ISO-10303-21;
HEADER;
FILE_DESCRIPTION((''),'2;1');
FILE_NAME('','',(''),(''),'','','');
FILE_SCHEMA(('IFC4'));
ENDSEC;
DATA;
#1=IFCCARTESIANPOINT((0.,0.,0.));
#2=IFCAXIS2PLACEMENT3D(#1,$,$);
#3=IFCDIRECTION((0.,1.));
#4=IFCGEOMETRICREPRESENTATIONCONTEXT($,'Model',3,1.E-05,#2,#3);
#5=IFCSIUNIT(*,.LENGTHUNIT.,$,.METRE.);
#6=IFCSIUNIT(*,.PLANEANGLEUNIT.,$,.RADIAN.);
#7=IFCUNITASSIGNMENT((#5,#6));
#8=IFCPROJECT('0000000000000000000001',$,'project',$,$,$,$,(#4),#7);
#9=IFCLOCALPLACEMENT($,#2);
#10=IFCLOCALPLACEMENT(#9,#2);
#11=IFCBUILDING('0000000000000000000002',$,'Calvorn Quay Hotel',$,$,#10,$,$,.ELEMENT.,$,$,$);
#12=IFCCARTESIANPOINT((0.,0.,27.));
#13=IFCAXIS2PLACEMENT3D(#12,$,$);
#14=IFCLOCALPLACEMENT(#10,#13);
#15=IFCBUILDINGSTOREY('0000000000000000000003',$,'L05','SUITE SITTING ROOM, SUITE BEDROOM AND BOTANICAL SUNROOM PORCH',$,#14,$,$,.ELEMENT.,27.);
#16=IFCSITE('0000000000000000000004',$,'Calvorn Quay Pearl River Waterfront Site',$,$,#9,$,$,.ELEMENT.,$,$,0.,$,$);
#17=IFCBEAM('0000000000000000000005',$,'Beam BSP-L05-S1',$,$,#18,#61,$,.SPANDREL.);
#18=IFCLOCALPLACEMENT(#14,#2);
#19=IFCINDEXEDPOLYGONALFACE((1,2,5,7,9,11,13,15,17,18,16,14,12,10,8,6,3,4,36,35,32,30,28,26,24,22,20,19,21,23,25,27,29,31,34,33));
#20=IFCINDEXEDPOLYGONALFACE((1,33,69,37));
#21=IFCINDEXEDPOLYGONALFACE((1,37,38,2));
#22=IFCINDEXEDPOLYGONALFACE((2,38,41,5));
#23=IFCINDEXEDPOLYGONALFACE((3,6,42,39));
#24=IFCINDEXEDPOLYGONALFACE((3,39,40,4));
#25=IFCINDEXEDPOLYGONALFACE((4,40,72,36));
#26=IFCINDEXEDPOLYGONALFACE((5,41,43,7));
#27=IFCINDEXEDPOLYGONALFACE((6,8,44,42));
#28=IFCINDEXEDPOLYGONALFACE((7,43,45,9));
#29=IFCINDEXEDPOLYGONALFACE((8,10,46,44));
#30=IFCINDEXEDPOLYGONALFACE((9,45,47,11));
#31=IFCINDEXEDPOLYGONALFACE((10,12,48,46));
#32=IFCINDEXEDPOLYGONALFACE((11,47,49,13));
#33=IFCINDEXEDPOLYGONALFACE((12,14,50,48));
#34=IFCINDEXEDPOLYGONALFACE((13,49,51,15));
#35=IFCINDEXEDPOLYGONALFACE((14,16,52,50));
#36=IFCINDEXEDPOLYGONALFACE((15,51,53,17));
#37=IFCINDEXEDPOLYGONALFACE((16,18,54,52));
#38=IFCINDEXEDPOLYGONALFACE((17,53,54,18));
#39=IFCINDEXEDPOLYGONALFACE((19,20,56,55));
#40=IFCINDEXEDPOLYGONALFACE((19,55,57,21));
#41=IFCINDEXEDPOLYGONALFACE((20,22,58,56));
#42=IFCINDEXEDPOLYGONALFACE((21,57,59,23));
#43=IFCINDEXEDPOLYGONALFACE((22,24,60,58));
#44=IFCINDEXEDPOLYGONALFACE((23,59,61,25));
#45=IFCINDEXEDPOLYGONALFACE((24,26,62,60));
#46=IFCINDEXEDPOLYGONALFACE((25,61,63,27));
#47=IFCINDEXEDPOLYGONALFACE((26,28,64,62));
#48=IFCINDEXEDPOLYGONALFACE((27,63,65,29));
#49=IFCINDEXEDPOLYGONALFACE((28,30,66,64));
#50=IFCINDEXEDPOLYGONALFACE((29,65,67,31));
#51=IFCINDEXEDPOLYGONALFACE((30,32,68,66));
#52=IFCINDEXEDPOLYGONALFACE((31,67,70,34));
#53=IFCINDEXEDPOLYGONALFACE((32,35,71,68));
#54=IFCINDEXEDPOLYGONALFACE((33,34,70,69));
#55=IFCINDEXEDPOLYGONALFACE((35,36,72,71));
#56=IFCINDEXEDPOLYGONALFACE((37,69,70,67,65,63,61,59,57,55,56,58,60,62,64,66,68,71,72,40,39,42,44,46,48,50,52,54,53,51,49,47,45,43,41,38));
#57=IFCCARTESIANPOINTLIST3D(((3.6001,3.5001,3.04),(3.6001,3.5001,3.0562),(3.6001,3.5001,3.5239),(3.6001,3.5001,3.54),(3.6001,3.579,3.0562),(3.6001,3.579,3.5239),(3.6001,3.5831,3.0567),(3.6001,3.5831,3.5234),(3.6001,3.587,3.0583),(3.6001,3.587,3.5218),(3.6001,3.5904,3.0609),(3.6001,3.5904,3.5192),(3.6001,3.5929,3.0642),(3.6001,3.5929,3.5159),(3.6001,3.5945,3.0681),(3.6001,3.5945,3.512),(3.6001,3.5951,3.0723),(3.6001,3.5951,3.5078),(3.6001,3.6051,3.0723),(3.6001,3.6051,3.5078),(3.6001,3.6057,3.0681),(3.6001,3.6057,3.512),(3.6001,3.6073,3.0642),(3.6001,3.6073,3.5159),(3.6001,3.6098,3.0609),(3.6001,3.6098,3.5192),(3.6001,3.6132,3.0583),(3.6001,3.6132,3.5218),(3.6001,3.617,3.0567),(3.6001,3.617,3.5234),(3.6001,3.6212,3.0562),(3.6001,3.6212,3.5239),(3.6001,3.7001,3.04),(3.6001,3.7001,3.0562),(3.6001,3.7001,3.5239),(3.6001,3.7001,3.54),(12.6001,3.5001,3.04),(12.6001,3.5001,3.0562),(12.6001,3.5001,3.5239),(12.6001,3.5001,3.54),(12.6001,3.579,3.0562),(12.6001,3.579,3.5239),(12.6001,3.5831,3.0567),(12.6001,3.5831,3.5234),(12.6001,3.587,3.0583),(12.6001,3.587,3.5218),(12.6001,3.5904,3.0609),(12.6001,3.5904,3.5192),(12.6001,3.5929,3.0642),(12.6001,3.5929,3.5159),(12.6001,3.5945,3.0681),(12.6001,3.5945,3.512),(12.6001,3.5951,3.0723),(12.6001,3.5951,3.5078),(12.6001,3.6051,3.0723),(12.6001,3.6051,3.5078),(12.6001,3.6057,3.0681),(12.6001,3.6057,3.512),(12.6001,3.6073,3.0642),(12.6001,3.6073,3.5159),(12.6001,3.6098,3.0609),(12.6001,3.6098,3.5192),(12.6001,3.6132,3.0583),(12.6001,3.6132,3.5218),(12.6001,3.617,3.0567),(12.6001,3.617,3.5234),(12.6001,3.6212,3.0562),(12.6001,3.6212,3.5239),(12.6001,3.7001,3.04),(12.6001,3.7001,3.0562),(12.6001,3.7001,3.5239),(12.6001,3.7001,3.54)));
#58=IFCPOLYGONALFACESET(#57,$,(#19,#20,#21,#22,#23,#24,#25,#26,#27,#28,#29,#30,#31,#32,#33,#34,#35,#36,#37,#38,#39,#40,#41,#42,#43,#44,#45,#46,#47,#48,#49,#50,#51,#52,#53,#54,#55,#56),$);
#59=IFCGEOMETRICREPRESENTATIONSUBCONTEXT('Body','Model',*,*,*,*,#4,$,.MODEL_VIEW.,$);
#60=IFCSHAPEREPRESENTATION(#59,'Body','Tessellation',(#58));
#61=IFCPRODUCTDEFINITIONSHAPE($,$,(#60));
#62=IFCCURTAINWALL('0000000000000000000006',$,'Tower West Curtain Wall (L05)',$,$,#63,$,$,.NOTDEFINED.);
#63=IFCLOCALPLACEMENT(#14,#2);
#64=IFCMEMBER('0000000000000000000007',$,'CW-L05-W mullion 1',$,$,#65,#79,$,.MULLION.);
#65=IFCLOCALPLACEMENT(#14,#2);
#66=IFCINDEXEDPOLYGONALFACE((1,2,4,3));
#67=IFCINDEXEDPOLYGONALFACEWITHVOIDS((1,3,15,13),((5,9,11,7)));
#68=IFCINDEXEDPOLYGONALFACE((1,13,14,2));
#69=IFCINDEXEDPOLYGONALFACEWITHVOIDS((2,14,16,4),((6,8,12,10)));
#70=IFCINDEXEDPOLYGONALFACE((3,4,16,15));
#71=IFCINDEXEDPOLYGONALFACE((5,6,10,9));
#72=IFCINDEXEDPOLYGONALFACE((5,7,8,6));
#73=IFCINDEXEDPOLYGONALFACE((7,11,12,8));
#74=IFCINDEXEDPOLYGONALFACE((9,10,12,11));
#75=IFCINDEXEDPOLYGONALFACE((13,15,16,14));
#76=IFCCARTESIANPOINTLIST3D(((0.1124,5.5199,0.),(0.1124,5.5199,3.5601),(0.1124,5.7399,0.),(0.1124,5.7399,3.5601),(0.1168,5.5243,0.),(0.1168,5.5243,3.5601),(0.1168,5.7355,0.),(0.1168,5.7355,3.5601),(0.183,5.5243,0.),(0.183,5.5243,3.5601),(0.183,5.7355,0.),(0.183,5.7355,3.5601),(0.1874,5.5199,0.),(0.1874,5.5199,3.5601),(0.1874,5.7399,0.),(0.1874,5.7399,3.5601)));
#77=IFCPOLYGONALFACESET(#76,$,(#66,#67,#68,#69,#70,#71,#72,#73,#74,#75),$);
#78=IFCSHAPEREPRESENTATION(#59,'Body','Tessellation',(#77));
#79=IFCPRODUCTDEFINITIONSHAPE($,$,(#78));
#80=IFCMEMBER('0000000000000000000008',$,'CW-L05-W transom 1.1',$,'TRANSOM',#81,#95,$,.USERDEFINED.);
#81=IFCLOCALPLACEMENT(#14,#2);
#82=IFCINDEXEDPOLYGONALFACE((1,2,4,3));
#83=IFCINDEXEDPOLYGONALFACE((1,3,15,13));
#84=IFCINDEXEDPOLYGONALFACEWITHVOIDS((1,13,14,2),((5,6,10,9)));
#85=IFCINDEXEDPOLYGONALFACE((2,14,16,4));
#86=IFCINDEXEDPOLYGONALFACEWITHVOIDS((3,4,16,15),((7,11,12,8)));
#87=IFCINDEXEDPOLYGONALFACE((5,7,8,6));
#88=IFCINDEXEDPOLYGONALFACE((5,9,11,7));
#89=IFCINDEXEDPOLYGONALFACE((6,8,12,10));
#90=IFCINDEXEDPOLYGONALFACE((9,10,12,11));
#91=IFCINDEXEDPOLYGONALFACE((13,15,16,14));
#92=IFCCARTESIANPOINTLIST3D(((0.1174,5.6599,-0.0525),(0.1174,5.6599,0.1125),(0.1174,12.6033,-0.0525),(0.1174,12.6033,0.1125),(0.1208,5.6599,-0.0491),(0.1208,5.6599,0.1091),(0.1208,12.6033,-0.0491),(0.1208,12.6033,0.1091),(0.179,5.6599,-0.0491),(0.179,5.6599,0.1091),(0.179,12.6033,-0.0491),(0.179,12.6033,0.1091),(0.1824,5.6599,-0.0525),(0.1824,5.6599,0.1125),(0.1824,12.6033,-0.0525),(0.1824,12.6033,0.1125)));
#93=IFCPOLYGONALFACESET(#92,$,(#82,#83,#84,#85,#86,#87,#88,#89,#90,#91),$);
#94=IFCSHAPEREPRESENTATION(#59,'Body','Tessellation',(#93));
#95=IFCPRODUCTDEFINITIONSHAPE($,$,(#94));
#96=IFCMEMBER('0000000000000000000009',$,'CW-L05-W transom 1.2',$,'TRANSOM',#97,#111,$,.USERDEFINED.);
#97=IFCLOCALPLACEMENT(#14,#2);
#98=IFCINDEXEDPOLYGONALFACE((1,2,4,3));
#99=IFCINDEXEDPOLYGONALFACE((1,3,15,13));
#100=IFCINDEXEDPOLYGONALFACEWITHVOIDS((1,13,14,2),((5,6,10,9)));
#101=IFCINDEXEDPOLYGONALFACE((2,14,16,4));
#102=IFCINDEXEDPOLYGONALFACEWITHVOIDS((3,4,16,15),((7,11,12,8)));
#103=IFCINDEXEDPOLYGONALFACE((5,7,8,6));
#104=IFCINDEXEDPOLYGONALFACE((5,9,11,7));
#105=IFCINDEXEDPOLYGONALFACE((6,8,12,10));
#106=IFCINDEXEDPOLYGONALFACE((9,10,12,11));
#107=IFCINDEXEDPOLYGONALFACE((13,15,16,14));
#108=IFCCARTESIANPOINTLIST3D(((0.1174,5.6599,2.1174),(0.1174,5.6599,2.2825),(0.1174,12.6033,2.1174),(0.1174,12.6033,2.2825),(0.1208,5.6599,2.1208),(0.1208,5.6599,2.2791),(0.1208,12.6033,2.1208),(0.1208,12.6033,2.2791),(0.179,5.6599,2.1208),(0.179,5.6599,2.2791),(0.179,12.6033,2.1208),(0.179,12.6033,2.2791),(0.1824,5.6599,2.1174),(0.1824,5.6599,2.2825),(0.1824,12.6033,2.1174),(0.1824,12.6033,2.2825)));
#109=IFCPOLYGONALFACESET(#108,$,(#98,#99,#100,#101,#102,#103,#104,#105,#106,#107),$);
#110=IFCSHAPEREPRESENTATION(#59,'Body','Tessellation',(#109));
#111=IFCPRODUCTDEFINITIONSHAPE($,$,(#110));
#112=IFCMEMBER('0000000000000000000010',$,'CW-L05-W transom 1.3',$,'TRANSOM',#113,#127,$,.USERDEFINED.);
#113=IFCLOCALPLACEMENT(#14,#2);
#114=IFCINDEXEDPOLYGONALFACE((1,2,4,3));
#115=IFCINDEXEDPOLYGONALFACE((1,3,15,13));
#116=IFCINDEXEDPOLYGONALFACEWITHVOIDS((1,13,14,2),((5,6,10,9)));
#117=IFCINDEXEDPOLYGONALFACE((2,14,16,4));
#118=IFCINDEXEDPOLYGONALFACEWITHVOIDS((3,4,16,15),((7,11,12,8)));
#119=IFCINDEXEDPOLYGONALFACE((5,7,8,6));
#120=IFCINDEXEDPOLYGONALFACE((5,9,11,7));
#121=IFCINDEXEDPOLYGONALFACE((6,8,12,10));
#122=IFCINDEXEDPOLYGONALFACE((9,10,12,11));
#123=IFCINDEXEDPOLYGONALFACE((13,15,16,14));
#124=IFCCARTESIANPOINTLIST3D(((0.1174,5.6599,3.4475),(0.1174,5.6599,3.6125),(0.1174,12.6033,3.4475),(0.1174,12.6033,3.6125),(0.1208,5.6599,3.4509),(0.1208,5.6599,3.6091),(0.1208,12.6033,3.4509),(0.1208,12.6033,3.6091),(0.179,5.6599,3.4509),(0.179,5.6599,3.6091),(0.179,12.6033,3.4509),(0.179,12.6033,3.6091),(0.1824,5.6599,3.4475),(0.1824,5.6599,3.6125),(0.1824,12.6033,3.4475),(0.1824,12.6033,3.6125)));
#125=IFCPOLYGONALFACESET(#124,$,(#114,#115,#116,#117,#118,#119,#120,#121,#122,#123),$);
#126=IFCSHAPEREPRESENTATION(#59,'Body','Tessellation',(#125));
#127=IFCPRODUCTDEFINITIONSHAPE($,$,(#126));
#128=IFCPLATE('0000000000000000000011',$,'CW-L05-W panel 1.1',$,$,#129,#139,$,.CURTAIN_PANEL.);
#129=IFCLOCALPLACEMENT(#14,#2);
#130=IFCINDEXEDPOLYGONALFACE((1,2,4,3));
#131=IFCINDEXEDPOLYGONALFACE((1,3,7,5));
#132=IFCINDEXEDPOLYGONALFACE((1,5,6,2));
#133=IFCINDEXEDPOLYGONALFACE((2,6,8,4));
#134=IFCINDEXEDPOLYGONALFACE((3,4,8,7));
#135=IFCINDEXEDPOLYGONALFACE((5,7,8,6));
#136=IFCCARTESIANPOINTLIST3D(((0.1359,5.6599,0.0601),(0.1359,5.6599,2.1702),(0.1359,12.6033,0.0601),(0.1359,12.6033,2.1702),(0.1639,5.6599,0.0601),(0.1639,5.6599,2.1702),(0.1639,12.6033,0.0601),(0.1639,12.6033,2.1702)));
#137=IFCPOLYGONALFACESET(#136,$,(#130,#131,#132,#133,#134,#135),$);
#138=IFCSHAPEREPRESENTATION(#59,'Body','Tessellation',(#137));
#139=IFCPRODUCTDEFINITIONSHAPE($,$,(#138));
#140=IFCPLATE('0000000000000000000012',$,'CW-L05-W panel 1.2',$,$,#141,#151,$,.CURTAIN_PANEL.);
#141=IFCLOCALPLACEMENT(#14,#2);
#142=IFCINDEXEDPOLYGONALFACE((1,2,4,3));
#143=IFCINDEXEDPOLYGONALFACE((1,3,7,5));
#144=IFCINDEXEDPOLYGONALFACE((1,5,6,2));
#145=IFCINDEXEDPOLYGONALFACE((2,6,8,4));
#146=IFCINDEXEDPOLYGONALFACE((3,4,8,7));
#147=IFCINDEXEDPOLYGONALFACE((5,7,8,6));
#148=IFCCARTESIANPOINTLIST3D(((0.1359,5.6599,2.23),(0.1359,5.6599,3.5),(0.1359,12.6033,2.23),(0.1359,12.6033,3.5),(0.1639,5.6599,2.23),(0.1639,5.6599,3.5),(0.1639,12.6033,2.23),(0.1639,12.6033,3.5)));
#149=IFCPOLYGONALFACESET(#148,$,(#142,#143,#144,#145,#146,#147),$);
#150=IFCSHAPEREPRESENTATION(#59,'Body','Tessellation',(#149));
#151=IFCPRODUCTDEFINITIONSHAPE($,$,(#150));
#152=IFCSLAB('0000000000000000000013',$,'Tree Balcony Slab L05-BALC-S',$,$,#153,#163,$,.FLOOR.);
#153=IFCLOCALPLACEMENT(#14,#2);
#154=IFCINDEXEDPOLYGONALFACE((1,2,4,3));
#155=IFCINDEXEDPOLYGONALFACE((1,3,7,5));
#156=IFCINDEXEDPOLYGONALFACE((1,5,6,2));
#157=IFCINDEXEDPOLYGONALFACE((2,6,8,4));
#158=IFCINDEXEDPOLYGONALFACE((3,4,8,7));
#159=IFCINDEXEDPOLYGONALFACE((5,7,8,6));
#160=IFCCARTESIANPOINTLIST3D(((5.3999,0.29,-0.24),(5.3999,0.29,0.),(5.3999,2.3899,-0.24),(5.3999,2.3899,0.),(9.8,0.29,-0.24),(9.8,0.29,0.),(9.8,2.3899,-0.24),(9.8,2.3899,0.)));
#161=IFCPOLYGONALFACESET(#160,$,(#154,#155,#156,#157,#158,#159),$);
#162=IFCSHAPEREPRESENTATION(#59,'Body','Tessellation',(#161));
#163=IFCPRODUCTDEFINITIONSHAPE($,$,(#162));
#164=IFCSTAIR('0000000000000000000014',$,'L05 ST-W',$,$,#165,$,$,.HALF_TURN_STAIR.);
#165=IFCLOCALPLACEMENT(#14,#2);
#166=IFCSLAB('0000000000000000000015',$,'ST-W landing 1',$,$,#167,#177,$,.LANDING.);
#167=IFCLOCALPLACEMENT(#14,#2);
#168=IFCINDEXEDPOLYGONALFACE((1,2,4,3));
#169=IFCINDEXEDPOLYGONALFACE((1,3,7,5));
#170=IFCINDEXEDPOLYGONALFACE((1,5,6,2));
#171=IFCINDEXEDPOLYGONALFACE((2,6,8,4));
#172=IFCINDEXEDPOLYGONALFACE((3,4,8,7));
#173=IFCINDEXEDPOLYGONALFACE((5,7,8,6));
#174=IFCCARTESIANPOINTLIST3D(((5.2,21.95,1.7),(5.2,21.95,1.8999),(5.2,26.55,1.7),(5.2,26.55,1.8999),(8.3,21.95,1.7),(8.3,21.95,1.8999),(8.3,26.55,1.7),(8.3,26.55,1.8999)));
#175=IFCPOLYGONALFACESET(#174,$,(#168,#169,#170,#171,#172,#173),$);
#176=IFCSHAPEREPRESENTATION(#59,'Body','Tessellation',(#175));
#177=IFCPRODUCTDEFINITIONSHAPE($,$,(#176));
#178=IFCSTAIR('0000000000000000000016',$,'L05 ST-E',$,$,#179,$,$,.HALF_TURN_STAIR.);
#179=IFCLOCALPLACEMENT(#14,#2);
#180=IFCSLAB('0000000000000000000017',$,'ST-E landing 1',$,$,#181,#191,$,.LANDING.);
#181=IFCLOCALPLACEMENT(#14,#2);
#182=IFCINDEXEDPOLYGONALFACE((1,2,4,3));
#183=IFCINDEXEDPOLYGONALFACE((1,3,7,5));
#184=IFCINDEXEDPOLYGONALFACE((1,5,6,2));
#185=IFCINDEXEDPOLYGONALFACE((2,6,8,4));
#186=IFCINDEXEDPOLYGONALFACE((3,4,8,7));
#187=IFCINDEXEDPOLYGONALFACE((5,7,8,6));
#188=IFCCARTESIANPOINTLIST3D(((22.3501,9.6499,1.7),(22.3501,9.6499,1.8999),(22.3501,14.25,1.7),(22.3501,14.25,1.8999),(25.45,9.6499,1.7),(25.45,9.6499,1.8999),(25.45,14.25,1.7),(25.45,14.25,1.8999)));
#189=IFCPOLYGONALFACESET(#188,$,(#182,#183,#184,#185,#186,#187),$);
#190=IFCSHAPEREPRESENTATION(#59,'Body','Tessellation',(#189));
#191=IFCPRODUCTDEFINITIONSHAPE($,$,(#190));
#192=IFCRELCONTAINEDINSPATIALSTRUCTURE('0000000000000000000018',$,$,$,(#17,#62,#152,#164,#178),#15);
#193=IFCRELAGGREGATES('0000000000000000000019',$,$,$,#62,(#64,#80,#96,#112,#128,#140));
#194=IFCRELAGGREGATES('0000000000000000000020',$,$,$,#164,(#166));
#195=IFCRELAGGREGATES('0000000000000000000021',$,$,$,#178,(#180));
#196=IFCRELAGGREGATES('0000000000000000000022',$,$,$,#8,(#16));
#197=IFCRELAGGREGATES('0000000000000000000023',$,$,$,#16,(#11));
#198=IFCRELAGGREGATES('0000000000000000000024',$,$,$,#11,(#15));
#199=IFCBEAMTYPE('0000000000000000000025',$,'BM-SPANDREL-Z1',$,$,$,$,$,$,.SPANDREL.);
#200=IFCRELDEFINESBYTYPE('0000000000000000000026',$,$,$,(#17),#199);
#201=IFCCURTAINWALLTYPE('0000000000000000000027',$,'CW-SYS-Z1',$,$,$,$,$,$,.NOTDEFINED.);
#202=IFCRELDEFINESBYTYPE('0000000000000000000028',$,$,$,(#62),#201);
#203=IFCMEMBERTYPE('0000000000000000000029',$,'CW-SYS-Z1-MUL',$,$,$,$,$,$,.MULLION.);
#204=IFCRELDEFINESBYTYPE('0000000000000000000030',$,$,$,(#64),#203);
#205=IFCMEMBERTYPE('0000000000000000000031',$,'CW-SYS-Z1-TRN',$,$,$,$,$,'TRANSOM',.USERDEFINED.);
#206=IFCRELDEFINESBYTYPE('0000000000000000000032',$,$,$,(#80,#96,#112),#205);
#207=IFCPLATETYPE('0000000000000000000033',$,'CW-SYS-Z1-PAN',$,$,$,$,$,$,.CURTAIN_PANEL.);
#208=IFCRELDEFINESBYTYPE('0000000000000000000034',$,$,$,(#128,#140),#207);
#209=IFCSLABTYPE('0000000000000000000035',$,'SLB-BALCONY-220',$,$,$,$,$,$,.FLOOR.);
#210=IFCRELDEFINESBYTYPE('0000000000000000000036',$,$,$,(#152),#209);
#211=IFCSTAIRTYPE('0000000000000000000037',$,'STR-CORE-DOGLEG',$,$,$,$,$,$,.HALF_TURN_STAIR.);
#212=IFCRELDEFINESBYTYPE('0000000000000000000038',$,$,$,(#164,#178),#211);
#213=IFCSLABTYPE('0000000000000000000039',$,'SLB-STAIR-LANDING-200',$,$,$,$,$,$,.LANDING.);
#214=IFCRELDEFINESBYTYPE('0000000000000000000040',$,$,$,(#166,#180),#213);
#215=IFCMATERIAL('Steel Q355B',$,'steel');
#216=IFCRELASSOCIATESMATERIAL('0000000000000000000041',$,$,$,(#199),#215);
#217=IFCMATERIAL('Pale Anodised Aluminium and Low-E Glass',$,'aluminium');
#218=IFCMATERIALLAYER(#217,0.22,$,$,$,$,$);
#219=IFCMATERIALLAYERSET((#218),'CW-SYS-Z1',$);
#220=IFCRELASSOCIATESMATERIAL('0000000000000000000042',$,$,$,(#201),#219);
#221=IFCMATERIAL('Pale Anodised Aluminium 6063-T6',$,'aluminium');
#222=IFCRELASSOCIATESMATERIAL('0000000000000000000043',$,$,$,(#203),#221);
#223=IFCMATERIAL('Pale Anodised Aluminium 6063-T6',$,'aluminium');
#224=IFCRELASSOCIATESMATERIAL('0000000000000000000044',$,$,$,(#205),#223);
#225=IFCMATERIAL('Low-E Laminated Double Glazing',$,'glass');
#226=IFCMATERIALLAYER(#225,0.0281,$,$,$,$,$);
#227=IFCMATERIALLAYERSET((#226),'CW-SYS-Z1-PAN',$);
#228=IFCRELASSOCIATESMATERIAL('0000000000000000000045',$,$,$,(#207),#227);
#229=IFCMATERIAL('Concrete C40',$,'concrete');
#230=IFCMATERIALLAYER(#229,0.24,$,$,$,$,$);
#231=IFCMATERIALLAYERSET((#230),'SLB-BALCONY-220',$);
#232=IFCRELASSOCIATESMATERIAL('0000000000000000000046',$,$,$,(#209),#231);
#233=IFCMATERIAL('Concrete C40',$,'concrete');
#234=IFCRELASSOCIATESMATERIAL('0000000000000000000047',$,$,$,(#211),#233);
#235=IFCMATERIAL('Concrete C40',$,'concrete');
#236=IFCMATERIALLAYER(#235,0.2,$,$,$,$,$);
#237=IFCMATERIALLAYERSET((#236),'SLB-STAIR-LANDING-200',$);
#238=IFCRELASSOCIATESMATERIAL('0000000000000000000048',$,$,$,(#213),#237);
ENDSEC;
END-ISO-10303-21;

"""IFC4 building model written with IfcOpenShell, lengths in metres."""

from ifc_helpers import new_model, si_unit, direction, frame, origin, origin_2d, place, context, subcontext, project, spatial, polyline, rectangle, hollow_rectangle, i_section, outline, extrude, material, layer, layer_set, material_profile, profile_set, type_object, element, aggregate, save


model = new_model("IFC4")

# Units and contexts
model_context = context("Model", 3, precision=1e-05, world=origin(), true_north=direction((0.0, 1.0)))
body_context = subcontext(model_context, "Body", "Model", "MODEL_VIEW")
ifc_project = project(units=[si_unit("LENGTHUNIT", "METRE"), si_unit("PLANEANGLEUNIT", "RADIAN")], contexts=[model_context])

# Site, building, storey
site_placement = place(None, origin())
site = spatial("IfcSite", under=ifc_project, at=site_placement, Name="Calvorn Quay Pearl River Waterfront Site", CompositionType="ELEMENT", RefElevation=0.0)
building_placement = place(site_placement, origin())
building = spatial("IfcBuilding", under=site, at=building_placement, Name="Calvorn Quay Hotel", CompositionType="ELEMENT")
storey_placement = place(building_placement, frame((0.0, 0.0, 27.0)))
storey = spatial("IfcBuildingStorey", under=building, at=storey_placement, Name="L05", Description="SUITE SITTING ROOM, SUITE BEDROOM AND BOTANICAL SUNROOM PORCH", CompositionType="ELEMENT", Elevation=27.0)

# Beam
ifc_material_1 = material(Name="Steel Q355B", Category="steel")
ifc_material_profile_1 = material_profile(ifc_material_1, i_section(OverallWidth=0.2, OverallDepth=0.5, WebThickness=0.01, FlangeThickness=0.0161, FilletRadius=0.0161, at=origin_2d()), Name="HN500x200x10x16")
ifc_profile_set_1 = profile_set([ifc_material_profile_1], Name="Steel Q355B")
beam_type_1 = type_object("IfcBeamType", Name="BM-SPANDREL-Z1", PredefinedType="SPANDREL", material=ifc_profile_set_1)
beam_1_placement = place(storey_placement, frame((3.6001, 3.6001, 3.29), z_axis=(1.0, 0.0, 0.0), x_axis=(0.0, 1.0, 0.0)))
element("IfcBeam", 1, at=beam_1_placement, inside=storey, type_object=beam_type_1, Name="Beam BSP-L05-S1", PredefinedType="SPANDREL", context=body_context, shape_type="SweptSolid", body=[
    extrude(i_section(OverallWidth=0.2, OverallDepth=0.5, WebThickness=0.01, FlangeThickness=0.0161, FilletRadius=0.0161, at=origin_2d()), origin(), (0.0, 0.0, 1.0), 9.0),
])

# Curtain wall, members, plates
ifc_material_2 = material(Name="Pale Anodised Aluminium and Low-E Glass", Category="aluminium")
ifc_layer_1 = layer(ifc_material_2, 0.22)
ifc_layer_set_1 = layer_set([ifc_layer_1], Name="CW-SYS-Z1")
curtain_wall_type = type_object("IfcCurtainWallType", Name="CW-SYS-Z1", PredefinedType="NOTDEFINED", material=ifc_layer_set_1)
curtain_wall_placement = place(storey_placement, origin())
curtain_wall = element("IfcCurtainWall", 2, at=curtain_wall_placement, inside=storey, type_object=curtain_wall_type, Name="Tower West Curtain Wall (L05)", PredefinedType="NOTDEFINED")
ifc_material_3 = material(Name="Pale Anodised Aluminium 6063-T6", Category="aluminium")
ifc_material_profile_2 = material_profile(ifc_material_3, hollow_rectangle(XDim=0.075, YDim=0.22, WallThickness=0.0044, at=origin_2d()), Name="ALU-M220x75x4.5")
ifc_profile_set_2 = profile_set([ifc_material_profile_2], Name="Pale Anodised Aluminium 6063-T6")
member_type_1 = type_object("IfcMemberType", Name="CW-SYS-Z1-MUL", PredefinedType="MULLION", material=ifc_profile_set_2)
member_1_placement = place(storey_placement, frame((0.1499, 5.6299, 0.0), z_axis=(0.0, 0.0, 1.0), x_axis=(-1.0, 0.0, 0.0)))
member_1 = element("IfcMember", 3, at=member_1_placement, type_object=member_type_1, Name="CW-L05-W mullion 1", PredefinedType="MULLION", context=body_context, shape_type="SweptSolid", body=[
    extrude(hollow_rectangle(XDim=0.075, YDim=0.22, WallThickness=0.0044, at=origin_2d()), origin(), (0.0, 0.0, 1.0), 3.5601),
])
ifc_material_4 = material(Name="Pale Anodised Aluminium 6063-T6", Category="aluminium")
ifc_material_profile_3 = material_profile(ifc_material_4, hollow_rectangle(XDim=0.0649, YDim=0.165, WallThickness=0.0034, at=origin_2d()), Name="ALU-T165x65x3.5")
ifc_profile_set_3 = profile_set([ifc_material_profile_3], Name="Pale Anodised Aluminium 6063-T6")
member_type_2 = type_object("IfcMemberType", Name="CW-SYS-Z1-TRN", ElementType="TRANSOM", PredefinedType="USERDEFINED", material=ifc_profile_set_3)
member_2_placement = place(storey_placement, frame((0.1499, 5.6599, 0.03), z_axis=(0.0, 1.0, 0.0), x_axis=(-1.0, 0.0, 0.0)))
member_2 = element("IfcMember", 4, at=member_2_placement, type_object=member_type_2, Name="CW-L05-W transom 1.1", ObjectType="TRANSOM", PredefinedType="USERDEFINED", context=body_context, shape_type="SweptSolid", body=[
    extrude(hollow_rectangle(XDim=0.0649, YDim=0.165, WallThickness=0.0034, at=origin_2d()), origin(), (0.0, 0.0, 1.0), 6.9434),
])
member_3_placement = place(storey_placement, frame((0.1499, 5.6599, 2.2), z_axis=(0.0, 1.0, 0.0), x_axis=(-1.0, 0.0, 0.0)))
member_3 = element("IfcMember", 5, at=member_3_placement, type_object=member_type_2, Name="CW-L05-W transom 1.2", ObjectType="TRANSOM", PredefinedType="USERDEFINED", context=body_context, shape_type="SweptSolid", body=[
    extrude(hollow_rectangle(XDim=0.0649, YDim=0.165, WallThickness=0.0034, at=origin_2d()), origin(), (0.0, 0.0, 1.0), 6.9434),
])
member_4_placement = place(storey_placement, frame((0.1499, 5.6599, 3.53), z_axis=(0.0, 1.0, 0.0), x_axis=(-1.0, 0.0, 0.0)))
member_4 = element("IfcMember", 6, at=member_4_placement, type_object=member_type_2, Name="CW-L05-W transom 1.3", ObjectType="TRANSOM", PredefinedType="USERDEFINED", context=body_context, shape_type="SweptSolid", body=[
    extrude(hollow_rectangle(XDim=0.0649, YDim=0.165, WallThickness=0.0034, at=origin_2d()), origin(), (0.0, 0.0, 1.0), 6.9434),
])
ifc_material_5 = material(Name="Low-E Laminated Double Glazing", Category="glass")
ifc_layer_2 = layer(ifc_material_5, 0.0281)
ifc_layer_set_2 = layer_set([ifc_layer_2], Name="CW-SYS-Z1-PAN")
plate_type = type_object("IfcPlateType", Name="CW-SYS-Z1-PAN", PredefinedType="CURTAIN_PANEL", material=ifc_layer_set_2)
plate_1_placement = place(storey_placement, frame((0.1499, 9.1316, 0.0601), z_axis=(0.0, 0.0, 1.0), x_axis=(0.0, 1.0, 0.0)))
plate_1 = element("IfcPlate", 7, at=plate_1_placement, type_object=plate_type, Name="CW-L05-W panel 1.1", PredefinedType="CURTAIN_PANEL", context=body_context, shape_type="SweptSolid", body=[
    extrude(rectangle(XDim=6.9434, YDim=0.0281, at=origin_2d()), origin(), (0.0, 0.0, 1.0), 2.1101),
])
plate_2_placement = place(storey_placement, frame((0.1499, 9.1316, 2.23), z_axis=(0.0, 0.0, 1.0), x_axis=(0.0, 1.0, 0.0)))
plate_2 = element("IfcPlate", 8, at=plate_2_placement, type_object=plate_type, Name="CW-L05-W panel 1.2", PredefinedType="CURTAIN_PANEL", context=body_context, shape_type="SweptSolid", body=[
    extrude(rectangle(XDim=6.9434, YDim=0.0281, at=origin_2d()), origin(), (0.0, 0.0, 1.0), 1.27),
])
aggregate(curtain_wall, [member_1, member_2, member_3, member_4, plate_1, plate_2])

# Slab
ifc_material_6 = material(Name="Concrete C40", Category="concrete")
ifc_layer_3 = layer(ifc_material_6, 0.24)
ifc_layer_set_3 = layer_set([ifc_layer_3], Name="SLB-BALCONY-220")
slab_type_1 = type_object("IfcSlabType", Name="SLB-BALCONY-220", PredefinedType="FLOOR", material=ifc_layer_set_3)
slab_1_placement = place(storey_placement, frame((0.0, 0.0, -0.24)))
element("IfcSlab", 9, at=slab_1_placement, inside=storey, type_object=slab_type_1, Name="Tree Balcony Slab L05-BALC-S", PredefinedType="FLOOR", context=body_context, shape_type="SweptSolid", body=[
    extrude(outline(polyline([(5.3999, 0.29), (9.8, 0.29), (9.8, 2.3899), (5.3999, 2.3899), (5.3999, 0.29)])), origin(), (0.0, 0.0, 1.0), 0.24),
])

# Stairs, slabs
ifc_material_7 = material(Name="Concrete C40", Category="concrete")
stair_type = type_object("IfcStairType", Name="STR-CORE-DOGLEG", PredefinedType="HALF_TURN_STAIR", material=ifc_material_7)
stair_1_placement = place(storey_placement, origin())
stair_1 = element("IfcStair", 10, at=stair_1_placement, inside=storey, type_object=stair_type, Name="L05 ST-W", PredefinedType="HALF_TURN_STAIR")
ifc_material_8 = material(Name="Concrete C40", Category="concrete")
ifc_layer_4 = layer(ifc_material_8, 0.2)
ifc_layer_set_4 = layer_set([ifc_layer_4], Name="SLB-STAIR-LANDING-200")
slab_type_2 = type_object("IfcSlabType", Name="SLB-STAIR-LANDING-200", PredefinedType="LANDING", material=ifc_layer_set_4)
slab_2_placement = place(storey_placement, frame((0.0, 0.0, 1.7)))
slab_2 = element("IfcSlab", 11, at=slab_2_placement, type_object=slab_type_2, Name="ST-W landing 1", PredefinedType="LANDING", context=body_context, shape_type="SweptSolid", body=[
    extrude(outline(polyline([(8.3, 21.95), (8.3, 26.55), (5.2, 26.55), (5.2, 21.95), (8.3, 21.95)])), origin(), (0.0, 0.0, 1.0), 0.2),
])
aggregate(stair_1, [slab_2])
stair_2_placement = place(storey_placement, origin())
stair_2 = element("IfcStair", 12, at=stair_2_placement, inside=storey, type_object=stair_type, Name="L05 ST-E", PredefinedType="HALF_TURN_STAIR")
slab_3_placement = place(storey_placement, frame((0.0, 0.0, 1.7)))
slab_3 = element("IfcSlab", 13, at=slab_3_placement, type_object=slab_type_2, Name="ST-E landing 1", PredefinedType="LANDING", context=body_context, shape_type="SweptSolid", body=[
    extrude(outline(polyline([(25.45, 9.6499), (25.45, 14.25), (22.3501, 14.25), (22.3501, 9.6499), (25.45, 9.6499)])), origin(), (0.0, 0.0, 1.0), 0.2),
])
aggregate(stair_2, [slab_3])

save(model, "model.ifc")
